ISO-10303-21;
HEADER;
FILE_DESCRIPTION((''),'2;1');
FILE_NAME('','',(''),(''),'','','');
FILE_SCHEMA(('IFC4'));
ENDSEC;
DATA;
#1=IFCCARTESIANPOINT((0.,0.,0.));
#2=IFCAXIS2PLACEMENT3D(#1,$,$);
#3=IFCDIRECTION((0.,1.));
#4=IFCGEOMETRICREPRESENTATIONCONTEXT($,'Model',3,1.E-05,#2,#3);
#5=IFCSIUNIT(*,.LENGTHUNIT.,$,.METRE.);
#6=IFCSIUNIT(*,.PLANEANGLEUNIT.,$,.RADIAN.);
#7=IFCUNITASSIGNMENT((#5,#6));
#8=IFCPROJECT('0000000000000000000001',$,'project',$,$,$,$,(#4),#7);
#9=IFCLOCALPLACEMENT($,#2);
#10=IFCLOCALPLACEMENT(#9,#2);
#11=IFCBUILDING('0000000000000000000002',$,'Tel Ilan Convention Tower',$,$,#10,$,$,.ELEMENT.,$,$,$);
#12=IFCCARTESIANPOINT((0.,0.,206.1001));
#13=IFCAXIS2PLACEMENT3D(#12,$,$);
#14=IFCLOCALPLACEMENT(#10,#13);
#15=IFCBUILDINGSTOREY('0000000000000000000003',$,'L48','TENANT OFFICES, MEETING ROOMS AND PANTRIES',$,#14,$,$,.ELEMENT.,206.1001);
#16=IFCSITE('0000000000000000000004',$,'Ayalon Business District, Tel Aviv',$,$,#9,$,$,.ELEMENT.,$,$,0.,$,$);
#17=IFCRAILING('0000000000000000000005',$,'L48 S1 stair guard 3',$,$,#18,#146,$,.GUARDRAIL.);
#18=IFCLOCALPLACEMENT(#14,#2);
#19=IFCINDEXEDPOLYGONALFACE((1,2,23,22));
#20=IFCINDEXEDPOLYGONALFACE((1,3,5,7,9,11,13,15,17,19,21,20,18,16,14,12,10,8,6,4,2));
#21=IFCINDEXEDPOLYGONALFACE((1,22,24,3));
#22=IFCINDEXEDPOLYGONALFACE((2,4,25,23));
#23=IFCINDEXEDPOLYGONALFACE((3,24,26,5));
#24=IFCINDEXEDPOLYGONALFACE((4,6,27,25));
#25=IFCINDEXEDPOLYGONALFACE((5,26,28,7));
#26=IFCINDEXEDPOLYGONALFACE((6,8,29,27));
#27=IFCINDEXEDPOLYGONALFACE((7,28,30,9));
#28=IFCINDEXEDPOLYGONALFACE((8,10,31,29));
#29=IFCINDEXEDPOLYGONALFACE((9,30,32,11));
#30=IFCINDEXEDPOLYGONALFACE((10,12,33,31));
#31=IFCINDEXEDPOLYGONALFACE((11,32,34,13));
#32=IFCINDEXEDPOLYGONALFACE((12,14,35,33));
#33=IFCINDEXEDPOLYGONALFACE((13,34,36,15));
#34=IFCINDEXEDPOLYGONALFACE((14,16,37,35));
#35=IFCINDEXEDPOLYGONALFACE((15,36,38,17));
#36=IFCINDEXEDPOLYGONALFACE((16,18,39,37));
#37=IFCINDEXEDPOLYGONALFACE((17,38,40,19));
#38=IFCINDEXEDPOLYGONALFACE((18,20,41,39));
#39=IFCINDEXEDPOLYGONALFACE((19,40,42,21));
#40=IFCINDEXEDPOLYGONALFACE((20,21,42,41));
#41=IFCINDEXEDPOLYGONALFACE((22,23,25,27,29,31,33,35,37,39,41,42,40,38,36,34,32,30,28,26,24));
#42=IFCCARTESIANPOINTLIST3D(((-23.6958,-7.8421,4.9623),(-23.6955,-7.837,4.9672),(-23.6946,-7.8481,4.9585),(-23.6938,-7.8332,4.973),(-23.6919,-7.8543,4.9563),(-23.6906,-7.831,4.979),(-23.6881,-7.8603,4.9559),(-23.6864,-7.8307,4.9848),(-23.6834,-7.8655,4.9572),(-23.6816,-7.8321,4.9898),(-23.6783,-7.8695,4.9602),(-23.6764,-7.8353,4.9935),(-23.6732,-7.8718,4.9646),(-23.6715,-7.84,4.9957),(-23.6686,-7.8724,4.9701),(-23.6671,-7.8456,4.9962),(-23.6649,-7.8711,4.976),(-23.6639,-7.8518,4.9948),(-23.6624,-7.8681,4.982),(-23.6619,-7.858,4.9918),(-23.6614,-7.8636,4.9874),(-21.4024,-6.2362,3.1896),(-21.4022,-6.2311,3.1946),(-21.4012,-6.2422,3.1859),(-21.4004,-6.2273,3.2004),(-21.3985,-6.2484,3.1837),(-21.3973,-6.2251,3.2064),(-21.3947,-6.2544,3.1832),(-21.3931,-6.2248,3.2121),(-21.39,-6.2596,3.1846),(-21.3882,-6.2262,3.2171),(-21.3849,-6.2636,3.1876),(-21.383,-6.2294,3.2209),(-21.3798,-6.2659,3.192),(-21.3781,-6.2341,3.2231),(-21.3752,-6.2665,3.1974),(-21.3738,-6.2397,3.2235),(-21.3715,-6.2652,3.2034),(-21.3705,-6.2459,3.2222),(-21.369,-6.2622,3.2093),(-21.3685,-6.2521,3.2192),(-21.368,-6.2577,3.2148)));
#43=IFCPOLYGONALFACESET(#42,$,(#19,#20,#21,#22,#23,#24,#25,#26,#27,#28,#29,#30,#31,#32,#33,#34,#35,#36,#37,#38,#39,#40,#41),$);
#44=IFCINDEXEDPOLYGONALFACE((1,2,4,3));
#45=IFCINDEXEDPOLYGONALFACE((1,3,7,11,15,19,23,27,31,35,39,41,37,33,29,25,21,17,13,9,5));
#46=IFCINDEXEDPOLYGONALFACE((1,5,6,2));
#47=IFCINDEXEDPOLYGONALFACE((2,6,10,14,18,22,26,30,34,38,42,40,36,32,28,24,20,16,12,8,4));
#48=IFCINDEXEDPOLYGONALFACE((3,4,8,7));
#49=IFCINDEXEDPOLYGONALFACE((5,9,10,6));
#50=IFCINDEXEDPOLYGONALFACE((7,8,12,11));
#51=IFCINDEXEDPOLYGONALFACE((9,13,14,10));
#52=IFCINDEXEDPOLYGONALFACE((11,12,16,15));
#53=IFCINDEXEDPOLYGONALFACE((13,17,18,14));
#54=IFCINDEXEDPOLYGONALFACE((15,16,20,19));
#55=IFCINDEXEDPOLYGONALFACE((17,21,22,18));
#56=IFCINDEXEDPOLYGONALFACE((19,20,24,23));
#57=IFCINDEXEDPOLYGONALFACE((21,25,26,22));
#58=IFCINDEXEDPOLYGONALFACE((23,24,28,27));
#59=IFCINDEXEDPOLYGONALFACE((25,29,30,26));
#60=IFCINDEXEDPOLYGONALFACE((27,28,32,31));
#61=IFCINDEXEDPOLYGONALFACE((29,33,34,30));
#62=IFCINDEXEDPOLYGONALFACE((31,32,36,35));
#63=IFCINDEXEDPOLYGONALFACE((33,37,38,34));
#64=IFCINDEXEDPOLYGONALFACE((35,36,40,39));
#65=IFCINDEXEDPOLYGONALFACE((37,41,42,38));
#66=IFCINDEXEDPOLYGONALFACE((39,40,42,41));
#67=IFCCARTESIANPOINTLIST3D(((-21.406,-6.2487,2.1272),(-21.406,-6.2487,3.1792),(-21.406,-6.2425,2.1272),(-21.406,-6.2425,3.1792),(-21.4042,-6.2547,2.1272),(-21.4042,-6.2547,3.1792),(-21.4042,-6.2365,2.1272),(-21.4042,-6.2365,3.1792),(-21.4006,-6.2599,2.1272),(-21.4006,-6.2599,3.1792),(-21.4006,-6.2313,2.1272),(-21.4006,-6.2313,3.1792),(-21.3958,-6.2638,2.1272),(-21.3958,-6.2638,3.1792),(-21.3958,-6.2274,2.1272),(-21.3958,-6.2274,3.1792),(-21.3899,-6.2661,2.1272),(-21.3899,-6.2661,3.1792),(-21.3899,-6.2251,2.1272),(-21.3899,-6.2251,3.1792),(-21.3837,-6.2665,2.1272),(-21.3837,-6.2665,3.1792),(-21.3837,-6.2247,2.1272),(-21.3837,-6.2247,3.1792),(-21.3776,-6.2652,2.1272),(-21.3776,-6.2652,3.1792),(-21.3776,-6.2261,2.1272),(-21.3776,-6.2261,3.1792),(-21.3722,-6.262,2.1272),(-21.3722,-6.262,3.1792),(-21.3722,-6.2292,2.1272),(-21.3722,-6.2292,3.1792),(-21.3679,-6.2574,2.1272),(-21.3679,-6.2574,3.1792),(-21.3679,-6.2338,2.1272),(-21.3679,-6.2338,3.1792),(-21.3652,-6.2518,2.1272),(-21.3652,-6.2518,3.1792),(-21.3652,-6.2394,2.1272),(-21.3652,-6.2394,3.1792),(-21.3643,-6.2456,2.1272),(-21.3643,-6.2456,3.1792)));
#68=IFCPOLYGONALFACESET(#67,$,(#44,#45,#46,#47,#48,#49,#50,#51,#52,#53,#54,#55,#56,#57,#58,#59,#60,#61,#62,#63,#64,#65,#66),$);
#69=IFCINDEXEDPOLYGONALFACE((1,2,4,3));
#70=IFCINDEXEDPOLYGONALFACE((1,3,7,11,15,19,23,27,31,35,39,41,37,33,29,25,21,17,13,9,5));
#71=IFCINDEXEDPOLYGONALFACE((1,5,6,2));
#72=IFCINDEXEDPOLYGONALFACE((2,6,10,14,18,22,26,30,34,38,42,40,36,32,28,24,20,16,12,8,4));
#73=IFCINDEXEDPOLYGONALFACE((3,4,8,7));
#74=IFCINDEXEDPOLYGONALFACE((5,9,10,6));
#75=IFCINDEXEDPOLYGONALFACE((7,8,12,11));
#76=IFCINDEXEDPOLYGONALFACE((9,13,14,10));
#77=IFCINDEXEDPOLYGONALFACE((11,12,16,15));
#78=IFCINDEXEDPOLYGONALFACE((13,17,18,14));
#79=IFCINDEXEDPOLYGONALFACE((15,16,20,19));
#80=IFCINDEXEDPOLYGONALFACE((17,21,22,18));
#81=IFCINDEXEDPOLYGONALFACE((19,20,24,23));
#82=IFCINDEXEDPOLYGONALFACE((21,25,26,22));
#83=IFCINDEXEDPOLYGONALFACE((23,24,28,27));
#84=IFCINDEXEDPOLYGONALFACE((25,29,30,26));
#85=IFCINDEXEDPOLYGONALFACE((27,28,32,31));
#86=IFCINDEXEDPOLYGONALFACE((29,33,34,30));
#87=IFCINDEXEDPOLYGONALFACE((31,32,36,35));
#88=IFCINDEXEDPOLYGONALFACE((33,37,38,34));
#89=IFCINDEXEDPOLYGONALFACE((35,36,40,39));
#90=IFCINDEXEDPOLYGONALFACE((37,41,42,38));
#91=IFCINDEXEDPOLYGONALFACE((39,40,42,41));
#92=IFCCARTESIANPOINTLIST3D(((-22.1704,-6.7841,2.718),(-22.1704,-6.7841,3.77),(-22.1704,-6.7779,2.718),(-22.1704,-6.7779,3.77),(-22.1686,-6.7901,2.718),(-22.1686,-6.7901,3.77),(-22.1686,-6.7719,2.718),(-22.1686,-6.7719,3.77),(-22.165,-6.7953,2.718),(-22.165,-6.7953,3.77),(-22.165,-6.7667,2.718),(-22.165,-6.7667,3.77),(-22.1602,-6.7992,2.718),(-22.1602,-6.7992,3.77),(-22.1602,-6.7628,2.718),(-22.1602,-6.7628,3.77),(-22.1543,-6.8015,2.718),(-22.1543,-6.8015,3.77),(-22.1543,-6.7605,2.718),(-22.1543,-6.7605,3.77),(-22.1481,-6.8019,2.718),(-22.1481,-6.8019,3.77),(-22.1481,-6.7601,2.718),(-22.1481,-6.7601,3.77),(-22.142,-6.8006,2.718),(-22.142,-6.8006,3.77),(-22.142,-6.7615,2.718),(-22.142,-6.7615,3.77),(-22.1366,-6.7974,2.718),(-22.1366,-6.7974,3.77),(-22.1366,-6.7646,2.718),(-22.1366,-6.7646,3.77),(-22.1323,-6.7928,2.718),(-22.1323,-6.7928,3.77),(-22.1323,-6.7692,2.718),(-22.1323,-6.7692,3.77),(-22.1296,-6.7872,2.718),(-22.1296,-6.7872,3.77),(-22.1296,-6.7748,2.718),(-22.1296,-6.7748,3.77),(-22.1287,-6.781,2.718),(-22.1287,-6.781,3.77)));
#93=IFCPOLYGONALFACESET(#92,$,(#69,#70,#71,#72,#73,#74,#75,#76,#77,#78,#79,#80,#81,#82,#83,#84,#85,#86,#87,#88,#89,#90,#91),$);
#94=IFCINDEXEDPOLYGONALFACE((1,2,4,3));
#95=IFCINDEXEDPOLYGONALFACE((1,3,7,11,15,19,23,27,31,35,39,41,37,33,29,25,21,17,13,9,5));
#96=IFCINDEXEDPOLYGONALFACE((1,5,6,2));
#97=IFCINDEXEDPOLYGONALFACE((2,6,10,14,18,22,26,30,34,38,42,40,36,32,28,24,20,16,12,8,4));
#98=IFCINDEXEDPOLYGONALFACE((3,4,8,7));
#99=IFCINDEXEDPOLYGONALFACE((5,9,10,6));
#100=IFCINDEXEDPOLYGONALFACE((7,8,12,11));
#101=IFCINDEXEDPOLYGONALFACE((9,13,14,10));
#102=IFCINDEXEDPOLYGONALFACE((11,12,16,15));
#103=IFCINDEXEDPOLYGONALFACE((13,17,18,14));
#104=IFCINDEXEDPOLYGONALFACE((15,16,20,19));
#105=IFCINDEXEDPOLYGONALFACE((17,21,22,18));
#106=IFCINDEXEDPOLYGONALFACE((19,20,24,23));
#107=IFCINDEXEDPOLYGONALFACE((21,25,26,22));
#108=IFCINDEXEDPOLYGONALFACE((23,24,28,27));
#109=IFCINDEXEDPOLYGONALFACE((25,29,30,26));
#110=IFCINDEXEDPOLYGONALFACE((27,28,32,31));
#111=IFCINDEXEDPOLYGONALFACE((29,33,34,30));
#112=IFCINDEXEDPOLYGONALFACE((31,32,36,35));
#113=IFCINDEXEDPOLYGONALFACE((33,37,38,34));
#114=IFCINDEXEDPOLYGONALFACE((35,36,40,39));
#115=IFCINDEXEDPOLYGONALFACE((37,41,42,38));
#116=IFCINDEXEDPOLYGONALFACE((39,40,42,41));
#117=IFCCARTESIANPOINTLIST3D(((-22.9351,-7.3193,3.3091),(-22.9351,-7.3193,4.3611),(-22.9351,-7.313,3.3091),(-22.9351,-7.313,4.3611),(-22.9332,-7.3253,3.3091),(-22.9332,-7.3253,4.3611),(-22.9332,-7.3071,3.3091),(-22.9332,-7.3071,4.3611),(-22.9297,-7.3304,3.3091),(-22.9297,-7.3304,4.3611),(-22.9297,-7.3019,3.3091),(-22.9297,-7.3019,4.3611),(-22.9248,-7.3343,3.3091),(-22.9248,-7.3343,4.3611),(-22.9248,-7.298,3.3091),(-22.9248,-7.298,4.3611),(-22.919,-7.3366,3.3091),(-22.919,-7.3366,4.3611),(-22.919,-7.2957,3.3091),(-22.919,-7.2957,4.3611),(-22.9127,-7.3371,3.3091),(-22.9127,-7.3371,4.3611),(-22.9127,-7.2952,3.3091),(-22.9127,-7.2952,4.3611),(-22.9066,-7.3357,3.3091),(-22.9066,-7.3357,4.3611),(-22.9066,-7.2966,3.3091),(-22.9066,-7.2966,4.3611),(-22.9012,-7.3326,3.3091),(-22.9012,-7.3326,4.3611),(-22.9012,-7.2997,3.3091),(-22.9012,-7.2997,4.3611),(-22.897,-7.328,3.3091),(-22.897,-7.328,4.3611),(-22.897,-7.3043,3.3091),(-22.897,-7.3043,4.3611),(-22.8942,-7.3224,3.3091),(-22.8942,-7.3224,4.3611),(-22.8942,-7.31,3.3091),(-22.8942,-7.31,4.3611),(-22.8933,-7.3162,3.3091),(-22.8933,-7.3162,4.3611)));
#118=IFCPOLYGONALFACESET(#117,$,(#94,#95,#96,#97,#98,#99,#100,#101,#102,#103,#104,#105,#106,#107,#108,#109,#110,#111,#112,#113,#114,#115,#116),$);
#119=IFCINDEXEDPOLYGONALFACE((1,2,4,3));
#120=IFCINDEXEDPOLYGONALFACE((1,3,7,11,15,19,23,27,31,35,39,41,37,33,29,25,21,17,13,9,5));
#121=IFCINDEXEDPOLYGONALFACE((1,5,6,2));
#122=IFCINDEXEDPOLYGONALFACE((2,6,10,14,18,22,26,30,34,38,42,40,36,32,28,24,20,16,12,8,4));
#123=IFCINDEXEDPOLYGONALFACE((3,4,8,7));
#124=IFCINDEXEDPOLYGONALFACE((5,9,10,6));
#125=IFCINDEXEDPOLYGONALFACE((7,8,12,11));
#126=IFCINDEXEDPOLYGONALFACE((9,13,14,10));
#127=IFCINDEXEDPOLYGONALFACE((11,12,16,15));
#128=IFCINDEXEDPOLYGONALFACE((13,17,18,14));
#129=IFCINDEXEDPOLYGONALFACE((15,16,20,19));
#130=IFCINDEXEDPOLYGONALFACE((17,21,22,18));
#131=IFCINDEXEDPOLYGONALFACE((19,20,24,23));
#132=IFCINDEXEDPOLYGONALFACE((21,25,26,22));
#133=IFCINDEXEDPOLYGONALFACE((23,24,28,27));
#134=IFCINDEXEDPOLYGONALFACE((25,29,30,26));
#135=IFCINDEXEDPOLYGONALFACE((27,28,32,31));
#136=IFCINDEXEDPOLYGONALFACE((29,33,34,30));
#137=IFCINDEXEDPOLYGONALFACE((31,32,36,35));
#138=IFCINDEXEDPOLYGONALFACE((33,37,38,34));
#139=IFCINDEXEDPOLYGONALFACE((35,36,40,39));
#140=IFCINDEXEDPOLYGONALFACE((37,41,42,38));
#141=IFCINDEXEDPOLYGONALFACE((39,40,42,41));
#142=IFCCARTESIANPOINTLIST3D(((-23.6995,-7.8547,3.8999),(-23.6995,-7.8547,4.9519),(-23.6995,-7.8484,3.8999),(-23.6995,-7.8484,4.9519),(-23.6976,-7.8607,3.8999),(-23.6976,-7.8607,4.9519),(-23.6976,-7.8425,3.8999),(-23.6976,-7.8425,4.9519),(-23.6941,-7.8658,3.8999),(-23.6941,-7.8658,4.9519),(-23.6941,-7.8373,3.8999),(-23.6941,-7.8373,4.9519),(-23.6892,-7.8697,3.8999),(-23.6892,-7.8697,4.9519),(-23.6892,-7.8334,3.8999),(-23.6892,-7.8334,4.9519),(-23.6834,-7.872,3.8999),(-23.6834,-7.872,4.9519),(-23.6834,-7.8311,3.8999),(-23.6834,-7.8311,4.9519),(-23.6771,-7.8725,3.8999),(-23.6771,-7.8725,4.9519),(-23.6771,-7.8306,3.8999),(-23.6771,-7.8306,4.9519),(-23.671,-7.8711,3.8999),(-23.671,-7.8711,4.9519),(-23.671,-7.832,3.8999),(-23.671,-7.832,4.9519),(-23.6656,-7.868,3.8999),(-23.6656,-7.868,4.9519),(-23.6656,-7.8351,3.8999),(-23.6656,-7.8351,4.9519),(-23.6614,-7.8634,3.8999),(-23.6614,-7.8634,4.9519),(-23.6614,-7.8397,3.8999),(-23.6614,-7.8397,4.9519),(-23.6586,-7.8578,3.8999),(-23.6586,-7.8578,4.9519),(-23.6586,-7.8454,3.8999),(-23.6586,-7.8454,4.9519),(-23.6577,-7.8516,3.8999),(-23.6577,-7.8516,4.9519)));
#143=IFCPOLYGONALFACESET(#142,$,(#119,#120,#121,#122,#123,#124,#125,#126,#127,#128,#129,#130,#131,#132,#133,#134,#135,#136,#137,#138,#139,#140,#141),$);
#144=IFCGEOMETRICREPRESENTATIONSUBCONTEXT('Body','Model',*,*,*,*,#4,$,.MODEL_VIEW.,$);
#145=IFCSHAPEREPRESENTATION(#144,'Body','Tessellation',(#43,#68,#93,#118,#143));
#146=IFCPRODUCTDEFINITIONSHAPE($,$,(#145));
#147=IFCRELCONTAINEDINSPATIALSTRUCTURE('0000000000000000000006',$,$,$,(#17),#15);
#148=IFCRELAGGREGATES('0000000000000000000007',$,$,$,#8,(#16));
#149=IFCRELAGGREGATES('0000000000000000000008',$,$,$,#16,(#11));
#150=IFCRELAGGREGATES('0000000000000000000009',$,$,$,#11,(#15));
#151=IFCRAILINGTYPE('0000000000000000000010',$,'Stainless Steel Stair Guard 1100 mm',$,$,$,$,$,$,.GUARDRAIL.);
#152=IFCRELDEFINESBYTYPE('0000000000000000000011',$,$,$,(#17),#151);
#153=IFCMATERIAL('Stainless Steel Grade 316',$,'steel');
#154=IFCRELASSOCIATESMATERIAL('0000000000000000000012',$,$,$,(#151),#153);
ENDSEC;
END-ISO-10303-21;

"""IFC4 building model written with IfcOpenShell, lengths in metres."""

from ifc_helpers import new_model, si_unit, direction, frame, origin, origin_2d, place, context, subcontext, project, spatial, circle, extrude, material, type_object, element, save


model = new_model("IFC4")

# Units and contexts
model_context = context("Model", 3, precision=1e-05, world=origin(), true_north=direction((0.0, 1.0)))
body_context = subcontext(model_context, "Body", "Model", "MODEL_VIEW")
ifc_project = project(units=[si_unit("LENGTHUNIT", "METRE"), si_unit("PLANEANGLEUNIT", "RADIAN")], contexts=[model_context])

# Site, building, storey
site_placement = place(None, origin())
site = spatial("IfcSite", under=ifc_project, at=site_placement, Name="Ayalon Business District, Tel Aviv", CompositionType="ELEMENT", RefElevation=0.0)
building_placement = place(site_placement, origin())
building = spatial("IfcBuilding", under=site, at=building_placement, Name="Tel Ilan Convention Tower", CompositionType="ELEMENT")
storey_placement = place(building_placement, frame((0.0, 0.0, 206.1001)))
storey = spatial("IfcBuildingStorey", under=building, at=storey_placement, Name="L48", Description="TENANT OFFICES, MEETING ROOMS AND PANTRIES", CompositionType="ELEMENT", Elevation=206.1001)

# Railing
ifc_material_1 = material(Name="Stainless Steel Grade 316", Category="steel")
railing_type_1 = type_object("IfcRailingType", Name="Stainless Steel Stair Guard 1100 mm", PredefinedType="GUARDRAIL", material=ifc_material_1)
railing_1_placement = place(storey_placement, frame((-21.3853, -6.2456, 2.1272)))
element("IfcRailing", 1, at=railing_1_placement, inside=storey, type_object=railing_type_1, Name="L48 S1 stair guard 3", PredefinedType="GUARDRAIL", context=body_context, shape_type="SweptSolid", body=[
    extrude(circle(Radius=0.0239, at=origin_2d()), frame((0.0, 0.0, 1.0762), z_axis=(-0.692085, -0.484621, 0.53494), x_axis=(0.573591, -0.819142, 0.0)), (0.0, 0.0, 1.0), 3.3137),
    extrude(circle(Radius=0.021, at=origin_2d()), origin(), (0.0, 0.0, 1.0), 1.052),
    extrude(circle(Radius=0.021, at=origin_2d()), frame((-0.7644, -0.5354, 0.5908)), (0.0, 0.0, 1.0), 1.052),
    extrude(circle(Radius=0.021, at=origin_2d()), frame((-1.5291, -1.0706, 1.1819)), (0.0, 0.0, 1.0), 1.052),
    extrude(circle(Radius=0.021, at=origin_2d()), frame((-2.2935, -1.606, 1.7727)), (0.0, 0.0, 1.0), 1.052),
])

save(model, "model.ifc")
